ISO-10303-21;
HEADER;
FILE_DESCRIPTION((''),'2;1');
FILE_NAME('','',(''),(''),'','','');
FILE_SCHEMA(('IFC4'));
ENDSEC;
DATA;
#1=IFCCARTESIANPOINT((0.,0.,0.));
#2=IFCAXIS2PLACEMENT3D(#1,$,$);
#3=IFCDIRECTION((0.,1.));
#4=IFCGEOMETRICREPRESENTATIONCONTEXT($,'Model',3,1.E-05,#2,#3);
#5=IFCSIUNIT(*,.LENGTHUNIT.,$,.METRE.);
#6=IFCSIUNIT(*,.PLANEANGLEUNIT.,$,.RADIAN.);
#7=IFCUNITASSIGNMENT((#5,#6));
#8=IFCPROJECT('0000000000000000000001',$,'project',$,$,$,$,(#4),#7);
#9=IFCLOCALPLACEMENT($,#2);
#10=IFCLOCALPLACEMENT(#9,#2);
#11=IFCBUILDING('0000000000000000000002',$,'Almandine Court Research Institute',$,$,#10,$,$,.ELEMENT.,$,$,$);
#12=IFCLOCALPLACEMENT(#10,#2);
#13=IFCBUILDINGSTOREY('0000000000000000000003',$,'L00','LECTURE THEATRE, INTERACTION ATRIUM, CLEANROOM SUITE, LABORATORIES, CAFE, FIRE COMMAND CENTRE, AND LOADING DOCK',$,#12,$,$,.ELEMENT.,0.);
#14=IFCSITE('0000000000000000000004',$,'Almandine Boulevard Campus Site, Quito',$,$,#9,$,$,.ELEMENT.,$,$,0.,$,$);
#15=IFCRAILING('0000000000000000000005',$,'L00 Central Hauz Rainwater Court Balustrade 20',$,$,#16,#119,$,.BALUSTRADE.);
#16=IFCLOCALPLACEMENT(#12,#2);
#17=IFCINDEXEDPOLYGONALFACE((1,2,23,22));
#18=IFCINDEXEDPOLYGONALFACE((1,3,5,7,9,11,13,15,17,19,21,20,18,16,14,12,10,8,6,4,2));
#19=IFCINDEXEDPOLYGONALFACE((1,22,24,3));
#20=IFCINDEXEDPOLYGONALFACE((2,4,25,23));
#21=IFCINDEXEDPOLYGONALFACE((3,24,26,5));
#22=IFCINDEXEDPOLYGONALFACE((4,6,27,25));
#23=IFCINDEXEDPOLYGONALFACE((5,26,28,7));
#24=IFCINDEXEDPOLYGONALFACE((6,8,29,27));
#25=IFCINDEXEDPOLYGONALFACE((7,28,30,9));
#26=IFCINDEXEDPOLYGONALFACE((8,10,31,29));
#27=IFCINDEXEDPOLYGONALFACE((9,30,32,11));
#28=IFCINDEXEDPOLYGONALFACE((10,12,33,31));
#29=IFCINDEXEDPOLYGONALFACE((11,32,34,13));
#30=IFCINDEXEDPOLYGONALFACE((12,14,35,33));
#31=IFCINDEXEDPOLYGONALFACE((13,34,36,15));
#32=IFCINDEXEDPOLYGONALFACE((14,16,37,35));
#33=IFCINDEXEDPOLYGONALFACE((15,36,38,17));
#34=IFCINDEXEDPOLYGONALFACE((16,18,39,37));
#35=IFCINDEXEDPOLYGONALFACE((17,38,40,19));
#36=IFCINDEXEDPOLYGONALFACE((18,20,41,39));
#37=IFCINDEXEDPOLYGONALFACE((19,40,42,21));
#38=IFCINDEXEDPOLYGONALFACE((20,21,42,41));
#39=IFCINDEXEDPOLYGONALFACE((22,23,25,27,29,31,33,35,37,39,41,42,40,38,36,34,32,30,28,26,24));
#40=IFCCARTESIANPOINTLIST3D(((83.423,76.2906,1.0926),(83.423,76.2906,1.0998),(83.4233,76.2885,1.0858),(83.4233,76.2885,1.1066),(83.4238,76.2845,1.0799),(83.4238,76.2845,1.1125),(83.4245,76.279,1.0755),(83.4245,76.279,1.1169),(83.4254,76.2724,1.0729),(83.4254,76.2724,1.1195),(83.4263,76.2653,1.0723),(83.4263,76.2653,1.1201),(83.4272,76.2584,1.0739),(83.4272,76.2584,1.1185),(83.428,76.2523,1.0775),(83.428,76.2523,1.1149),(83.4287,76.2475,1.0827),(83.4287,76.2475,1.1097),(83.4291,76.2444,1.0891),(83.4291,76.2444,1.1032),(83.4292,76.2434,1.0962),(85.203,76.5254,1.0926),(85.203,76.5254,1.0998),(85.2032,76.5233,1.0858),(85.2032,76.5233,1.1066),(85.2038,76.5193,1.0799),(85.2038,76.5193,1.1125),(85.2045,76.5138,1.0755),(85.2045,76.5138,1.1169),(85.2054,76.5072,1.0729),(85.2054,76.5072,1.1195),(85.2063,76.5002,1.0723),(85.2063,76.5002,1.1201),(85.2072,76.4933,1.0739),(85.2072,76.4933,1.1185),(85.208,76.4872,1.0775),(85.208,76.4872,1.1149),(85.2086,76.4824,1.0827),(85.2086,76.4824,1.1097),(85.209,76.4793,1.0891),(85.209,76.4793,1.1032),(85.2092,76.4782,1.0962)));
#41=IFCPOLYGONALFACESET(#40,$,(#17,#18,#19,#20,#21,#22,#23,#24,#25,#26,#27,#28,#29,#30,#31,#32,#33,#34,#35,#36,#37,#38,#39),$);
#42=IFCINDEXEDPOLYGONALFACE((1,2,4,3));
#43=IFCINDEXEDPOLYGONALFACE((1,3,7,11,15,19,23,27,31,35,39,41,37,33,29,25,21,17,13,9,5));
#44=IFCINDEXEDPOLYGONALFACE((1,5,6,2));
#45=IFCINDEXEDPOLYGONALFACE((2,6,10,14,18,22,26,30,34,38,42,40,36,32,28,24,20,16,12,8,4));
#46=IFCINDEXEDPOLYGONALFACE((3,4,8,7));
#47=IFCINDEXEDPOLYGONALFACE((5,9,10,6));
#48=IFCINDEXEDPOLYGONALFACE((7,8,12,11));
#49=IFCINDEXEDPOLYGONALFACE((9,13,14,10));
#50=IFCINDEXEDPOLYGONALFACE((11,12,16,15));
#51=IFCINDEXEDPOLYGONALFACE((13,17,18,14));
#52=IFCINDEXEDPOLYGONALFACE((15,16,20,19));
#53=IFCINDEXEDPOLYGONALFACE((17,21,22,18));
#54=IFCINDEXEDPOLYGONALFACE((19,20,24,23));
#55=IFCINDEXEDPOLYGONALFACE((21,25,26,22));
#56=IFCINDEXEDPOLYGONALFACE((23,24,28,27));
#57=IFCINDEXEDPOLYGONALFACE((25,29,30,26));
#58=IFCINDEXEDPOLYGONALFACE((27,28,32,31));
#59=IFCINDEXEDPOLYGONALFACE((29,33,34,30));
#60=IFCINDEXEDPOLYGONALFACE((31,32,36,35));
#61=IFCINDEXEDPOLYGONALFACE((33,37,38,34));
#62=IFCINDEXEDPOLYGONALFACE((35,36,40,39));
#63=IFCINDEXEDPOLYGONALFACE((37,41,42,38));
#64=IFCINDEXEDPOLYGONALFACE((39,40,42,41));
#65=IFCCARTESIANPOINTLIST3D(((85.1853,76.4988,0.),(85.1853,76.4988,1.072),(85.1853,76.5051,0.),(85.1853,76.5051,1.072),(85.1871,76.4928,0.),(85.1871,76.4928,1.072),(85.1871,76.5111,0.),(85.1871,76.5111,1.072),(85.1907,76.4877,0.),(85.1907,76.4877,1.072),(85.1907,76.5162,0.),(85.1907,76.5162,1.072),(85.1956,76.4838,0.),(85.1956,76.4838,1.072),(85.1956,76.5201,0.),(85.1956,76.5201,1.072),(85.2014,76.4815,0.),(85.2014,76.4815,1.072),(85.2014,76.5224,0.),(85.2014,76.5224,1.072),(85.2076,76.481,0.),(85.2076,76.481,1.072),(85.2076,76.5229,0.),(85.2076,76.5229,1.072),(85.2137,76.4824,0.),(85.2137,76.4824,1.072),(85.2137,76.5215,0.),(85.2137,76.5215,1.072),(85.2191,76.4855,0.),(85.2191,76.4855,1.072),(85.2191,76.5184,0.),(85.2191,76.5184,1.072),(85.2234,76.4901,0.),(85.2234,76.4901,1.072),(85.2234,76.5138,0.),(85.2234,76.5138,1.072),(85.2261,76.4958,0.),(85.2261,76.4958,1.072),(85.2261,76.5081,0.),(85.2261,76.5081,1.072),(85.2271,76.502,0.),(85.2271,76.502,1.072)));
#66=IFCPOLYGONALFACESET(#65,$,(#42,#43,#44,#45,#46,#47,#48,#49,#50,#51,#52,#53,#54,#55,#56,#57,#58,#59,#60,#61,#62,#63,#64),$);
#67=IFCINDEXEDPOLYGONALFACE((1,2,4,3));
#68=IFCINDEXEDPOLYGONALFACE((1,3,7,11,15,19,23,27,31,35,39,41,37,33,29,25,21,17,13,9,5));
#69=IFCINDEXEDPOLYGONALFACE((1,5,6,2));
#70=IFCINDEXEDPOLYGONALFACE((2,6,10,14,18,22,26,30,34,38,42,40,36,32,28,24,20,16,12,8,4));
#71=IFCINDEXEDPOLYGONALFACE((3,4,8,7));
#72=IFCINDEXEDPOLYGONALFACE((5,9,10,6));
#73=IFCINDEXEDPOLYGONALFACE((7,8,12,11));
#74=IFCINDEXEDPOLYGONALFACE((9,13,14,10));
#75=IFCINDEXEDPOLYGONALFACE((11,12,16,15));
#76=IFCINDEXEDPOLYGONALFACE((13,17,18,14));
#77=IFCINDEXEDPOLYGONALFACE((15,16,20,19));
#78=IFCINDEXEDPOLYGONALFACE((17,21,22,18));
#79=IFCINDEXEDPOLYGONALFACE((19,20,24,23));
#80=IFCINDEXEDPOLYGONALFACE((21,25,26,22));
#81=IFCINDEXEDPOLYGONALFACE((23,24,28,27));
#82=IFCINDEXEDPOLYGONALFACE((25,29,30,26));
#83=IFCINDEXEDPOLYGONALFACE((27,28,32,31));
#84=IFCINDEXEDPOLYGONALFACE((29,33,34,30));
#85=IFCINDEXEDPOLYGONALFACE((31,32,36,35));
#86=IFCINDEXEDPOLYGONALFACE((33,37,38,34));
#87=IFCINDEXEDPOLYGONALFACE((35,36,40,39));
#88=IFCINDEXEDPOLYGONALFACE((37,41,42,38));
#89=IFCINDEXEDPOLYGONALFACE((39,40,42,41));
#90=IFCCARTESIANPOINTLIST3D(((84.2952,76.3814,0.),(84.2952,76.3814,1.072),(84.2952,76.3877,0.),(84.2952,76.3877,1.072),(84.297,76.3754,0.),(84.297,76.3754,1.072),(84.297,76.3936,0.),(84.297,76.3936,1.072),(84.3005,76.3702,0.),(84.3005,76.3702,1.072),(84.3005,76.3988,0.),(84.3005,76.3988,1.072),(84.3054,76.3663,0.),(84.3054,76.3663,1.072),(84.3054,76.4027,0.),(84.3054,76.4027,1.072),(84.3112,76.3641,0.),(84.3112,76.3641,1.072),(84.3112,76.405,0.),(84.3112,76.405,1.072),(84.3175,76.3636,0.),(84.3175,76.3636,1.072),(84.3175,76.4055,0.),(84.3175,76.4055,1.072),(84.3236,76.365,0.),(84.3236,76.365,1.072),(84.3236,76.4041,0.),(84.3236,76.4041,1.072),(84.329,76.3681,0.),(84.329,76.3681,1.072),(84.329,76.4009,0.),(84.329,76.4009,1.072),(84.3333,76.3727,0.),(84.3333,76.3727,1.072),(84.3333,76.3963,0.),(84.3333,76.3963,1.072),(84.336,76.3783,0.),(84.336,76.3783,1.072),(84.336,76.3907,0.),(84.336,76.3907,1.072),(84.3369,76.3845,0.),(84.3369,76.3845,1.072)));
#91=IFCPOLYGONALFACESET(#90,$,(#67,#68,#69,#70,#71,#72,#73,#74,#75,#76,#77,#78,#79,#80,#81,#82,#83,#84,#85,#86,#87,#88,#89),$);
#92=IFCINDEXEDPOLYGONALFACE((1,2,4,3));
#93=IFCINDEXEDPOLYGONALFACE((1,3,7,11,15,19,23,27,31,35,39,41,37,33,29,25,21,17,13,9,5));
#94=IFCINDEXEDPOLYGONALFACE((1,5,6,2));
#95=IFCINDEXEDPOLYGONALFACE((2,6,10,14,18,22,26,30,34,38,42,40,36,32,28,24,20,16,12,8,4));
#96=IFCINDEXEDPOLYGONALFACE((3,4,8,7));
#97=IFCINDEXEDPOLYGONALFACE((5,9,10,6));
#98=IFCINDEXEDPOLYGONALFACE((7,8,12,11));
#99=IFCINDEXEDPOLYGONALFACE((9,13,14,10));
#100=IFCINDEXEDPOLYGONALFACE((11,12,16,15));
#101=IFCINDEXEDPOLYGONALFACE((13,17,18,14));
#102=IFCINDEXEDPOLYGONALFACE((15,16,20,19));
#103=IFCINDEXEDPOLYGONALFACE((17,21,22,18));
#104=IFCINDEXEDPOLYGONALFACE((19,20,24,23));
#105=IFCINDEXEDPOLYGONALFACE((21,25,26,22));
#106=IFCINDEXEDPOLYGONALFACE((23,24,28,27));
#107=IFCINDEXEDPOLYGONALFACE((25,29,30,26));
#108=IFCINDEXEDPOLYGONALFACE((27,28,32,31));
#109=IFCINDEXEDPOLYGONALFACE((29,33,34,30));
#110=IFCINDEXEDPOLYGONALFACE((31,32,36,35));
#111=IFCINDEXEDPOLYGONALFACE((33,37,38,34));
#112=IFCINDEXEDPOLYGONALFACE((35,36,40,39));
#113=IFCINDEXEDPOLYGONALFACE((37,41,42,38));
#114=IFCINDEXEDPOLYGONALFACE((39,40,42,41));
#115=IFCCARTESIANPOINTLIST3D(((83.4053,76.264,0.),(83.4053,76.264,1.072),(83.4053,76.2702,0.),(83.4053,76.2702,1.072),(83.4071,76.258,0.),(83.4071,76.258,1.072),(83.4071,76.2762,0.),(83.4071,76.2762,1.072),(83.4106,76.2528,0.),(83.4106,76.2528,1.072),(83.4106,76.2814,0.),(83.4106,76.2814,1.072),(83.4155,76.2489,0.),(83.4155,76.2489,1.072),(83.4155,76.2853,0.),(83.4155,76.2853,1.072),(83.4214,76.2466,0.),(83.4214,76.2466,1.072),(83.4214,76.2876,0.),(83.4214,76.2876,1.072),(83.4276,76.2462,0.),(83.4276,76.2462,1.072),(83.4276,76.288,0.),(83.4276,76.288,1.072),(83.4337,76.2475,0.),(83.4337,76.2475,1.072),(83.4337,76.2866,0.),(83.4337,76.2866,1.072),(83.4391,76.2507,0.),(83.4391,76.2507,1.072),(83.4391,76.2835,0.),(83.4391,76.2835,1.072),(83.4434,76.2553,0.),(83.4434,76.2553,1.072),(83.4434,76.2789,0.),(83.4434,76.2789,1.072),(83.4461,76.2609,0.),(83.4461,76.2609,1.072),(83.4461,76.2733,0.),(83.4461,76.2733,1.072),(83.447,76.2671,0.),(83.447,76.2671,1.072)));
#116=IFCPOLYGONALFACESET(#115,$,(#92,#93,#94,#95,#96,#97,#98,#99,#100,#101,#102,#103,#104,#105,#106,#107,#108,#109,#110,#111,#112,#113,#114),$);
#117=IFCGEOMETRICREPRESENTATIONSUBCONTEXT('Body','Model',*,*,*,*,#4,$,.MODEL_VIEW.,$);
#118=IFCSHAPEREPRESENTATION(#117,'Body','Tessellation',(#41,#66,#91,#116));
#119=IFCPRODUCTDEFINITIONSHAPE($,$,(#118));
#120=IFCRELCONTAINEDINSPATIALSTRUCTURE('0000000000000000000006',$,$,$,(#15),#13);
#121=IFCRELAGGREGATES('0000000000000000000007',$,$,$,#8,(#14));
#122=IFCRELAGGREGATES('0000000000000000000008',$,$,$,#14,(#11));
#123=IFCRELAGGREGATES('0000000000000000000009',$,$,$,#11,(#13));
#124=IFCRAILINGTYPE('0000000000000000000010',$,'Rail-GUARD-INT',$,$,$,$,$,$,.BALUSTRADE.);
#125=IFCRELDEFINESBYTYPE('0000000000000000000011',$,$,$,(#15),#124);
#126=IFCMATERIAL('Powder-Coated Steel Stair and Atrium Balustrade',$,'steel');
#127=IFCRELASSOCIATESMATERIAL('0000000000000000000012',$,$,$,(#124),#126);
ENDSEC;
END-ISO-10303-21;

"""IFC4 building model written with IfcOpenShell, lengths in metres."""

from ifc_helpers import new_model, si_unit, direction, frame, origin, origin_2d, place, context, subcontext, project, spatial, circle, extrude, material, type_object, element, save


model = new_model("IFC4")

# Units and contexts
model_context = context("Model", 3, precision=1e-05, world=origin(), true_north=direction((0.0, 1.0)))
body_context = subcontext(model_context, "Body", "Model", "MODEL_VIEW")
ifc_project = project(units=[si_unit("LENGTHUNIT", "METRE"), si_unit("PLANEANGLEUNIT", "RADIAN")], contexts=[model_context])

# Site, building, storey
site_placement = place(None, origin())
site = spatial("IfcSite", under=ifc_project, at=site_placement, Name="Almandine Boulevard Campus Site, Quito", CompositionType="ELEMENT", RefElevation=0.0)
building_placement = place(site_placement, origin())
building = spatial("IfcBuilding", under=site, at=building_placement, Name="Almandine Court Research Institute", CompositionType="ELEMENT")
storey_placement = place(building_placement, origin())
storey = spatial("IfcBuildingStorey", under=building, at=storey_placement, Name="L00", Description="LECTURE THEATRE, INTERACTION ATRIUM, CLEANROOM SUITE, LABORATORIES, CAFE, FIRE COMMAND CENTRE, AND LOADING DOCK", CompositionType="ELEMENT", Elevation=0.0)

# Railing
ifc_material_1 = material(Name="Powder-Coated Steel Stair and Atrium Balustrade", Category="steel")
railing_type_1 = type_object("IfcRailingType", Name="Rail-GUARD-INT", PredefinedType="BALUSTRADE", material=ifc_material_1)
railing_1_placement = place(storey_placement, frame((85.2061, 76.502, 0.0)))
element("IfcRailing", 1, at=railing_1_placement, inside=storey, type_object=railing_type_1, Name="L00 Central Hauz Rainwater Court Balustrade 20", PredefinedType="BALUSTRADE", context=body_context, shape_type="SweptSolid", body=[
    extrude(circle(Radius=0.0239, at=origin_2d()), frame((0.0, 0.0, 1.0962), z_axis=(-0.991407, -0.13081, 0.0), x_axis=(0.13081, -0.991407, 0.0)), (0.0, 0.0, 1.0), 1.7954),
    extrude(circle(Radius=0.021, at=origin_2d()), origin(), (0.0, 0.0, 1.0), 1.072),
    extrude(circle(Radius=0.021, at=origin_2d()), frame((-0.8901, -0.1174, 0.0)), (0.0, 0.0, 1.0), 1.072),
    extrude(circle(Radius=0.021, at=origin_2d()), frame((-1.78, -0.2349, 0.0)), (0.0, 0.0, 1.0), 1.072),
])

save(model, "model.ifc")
